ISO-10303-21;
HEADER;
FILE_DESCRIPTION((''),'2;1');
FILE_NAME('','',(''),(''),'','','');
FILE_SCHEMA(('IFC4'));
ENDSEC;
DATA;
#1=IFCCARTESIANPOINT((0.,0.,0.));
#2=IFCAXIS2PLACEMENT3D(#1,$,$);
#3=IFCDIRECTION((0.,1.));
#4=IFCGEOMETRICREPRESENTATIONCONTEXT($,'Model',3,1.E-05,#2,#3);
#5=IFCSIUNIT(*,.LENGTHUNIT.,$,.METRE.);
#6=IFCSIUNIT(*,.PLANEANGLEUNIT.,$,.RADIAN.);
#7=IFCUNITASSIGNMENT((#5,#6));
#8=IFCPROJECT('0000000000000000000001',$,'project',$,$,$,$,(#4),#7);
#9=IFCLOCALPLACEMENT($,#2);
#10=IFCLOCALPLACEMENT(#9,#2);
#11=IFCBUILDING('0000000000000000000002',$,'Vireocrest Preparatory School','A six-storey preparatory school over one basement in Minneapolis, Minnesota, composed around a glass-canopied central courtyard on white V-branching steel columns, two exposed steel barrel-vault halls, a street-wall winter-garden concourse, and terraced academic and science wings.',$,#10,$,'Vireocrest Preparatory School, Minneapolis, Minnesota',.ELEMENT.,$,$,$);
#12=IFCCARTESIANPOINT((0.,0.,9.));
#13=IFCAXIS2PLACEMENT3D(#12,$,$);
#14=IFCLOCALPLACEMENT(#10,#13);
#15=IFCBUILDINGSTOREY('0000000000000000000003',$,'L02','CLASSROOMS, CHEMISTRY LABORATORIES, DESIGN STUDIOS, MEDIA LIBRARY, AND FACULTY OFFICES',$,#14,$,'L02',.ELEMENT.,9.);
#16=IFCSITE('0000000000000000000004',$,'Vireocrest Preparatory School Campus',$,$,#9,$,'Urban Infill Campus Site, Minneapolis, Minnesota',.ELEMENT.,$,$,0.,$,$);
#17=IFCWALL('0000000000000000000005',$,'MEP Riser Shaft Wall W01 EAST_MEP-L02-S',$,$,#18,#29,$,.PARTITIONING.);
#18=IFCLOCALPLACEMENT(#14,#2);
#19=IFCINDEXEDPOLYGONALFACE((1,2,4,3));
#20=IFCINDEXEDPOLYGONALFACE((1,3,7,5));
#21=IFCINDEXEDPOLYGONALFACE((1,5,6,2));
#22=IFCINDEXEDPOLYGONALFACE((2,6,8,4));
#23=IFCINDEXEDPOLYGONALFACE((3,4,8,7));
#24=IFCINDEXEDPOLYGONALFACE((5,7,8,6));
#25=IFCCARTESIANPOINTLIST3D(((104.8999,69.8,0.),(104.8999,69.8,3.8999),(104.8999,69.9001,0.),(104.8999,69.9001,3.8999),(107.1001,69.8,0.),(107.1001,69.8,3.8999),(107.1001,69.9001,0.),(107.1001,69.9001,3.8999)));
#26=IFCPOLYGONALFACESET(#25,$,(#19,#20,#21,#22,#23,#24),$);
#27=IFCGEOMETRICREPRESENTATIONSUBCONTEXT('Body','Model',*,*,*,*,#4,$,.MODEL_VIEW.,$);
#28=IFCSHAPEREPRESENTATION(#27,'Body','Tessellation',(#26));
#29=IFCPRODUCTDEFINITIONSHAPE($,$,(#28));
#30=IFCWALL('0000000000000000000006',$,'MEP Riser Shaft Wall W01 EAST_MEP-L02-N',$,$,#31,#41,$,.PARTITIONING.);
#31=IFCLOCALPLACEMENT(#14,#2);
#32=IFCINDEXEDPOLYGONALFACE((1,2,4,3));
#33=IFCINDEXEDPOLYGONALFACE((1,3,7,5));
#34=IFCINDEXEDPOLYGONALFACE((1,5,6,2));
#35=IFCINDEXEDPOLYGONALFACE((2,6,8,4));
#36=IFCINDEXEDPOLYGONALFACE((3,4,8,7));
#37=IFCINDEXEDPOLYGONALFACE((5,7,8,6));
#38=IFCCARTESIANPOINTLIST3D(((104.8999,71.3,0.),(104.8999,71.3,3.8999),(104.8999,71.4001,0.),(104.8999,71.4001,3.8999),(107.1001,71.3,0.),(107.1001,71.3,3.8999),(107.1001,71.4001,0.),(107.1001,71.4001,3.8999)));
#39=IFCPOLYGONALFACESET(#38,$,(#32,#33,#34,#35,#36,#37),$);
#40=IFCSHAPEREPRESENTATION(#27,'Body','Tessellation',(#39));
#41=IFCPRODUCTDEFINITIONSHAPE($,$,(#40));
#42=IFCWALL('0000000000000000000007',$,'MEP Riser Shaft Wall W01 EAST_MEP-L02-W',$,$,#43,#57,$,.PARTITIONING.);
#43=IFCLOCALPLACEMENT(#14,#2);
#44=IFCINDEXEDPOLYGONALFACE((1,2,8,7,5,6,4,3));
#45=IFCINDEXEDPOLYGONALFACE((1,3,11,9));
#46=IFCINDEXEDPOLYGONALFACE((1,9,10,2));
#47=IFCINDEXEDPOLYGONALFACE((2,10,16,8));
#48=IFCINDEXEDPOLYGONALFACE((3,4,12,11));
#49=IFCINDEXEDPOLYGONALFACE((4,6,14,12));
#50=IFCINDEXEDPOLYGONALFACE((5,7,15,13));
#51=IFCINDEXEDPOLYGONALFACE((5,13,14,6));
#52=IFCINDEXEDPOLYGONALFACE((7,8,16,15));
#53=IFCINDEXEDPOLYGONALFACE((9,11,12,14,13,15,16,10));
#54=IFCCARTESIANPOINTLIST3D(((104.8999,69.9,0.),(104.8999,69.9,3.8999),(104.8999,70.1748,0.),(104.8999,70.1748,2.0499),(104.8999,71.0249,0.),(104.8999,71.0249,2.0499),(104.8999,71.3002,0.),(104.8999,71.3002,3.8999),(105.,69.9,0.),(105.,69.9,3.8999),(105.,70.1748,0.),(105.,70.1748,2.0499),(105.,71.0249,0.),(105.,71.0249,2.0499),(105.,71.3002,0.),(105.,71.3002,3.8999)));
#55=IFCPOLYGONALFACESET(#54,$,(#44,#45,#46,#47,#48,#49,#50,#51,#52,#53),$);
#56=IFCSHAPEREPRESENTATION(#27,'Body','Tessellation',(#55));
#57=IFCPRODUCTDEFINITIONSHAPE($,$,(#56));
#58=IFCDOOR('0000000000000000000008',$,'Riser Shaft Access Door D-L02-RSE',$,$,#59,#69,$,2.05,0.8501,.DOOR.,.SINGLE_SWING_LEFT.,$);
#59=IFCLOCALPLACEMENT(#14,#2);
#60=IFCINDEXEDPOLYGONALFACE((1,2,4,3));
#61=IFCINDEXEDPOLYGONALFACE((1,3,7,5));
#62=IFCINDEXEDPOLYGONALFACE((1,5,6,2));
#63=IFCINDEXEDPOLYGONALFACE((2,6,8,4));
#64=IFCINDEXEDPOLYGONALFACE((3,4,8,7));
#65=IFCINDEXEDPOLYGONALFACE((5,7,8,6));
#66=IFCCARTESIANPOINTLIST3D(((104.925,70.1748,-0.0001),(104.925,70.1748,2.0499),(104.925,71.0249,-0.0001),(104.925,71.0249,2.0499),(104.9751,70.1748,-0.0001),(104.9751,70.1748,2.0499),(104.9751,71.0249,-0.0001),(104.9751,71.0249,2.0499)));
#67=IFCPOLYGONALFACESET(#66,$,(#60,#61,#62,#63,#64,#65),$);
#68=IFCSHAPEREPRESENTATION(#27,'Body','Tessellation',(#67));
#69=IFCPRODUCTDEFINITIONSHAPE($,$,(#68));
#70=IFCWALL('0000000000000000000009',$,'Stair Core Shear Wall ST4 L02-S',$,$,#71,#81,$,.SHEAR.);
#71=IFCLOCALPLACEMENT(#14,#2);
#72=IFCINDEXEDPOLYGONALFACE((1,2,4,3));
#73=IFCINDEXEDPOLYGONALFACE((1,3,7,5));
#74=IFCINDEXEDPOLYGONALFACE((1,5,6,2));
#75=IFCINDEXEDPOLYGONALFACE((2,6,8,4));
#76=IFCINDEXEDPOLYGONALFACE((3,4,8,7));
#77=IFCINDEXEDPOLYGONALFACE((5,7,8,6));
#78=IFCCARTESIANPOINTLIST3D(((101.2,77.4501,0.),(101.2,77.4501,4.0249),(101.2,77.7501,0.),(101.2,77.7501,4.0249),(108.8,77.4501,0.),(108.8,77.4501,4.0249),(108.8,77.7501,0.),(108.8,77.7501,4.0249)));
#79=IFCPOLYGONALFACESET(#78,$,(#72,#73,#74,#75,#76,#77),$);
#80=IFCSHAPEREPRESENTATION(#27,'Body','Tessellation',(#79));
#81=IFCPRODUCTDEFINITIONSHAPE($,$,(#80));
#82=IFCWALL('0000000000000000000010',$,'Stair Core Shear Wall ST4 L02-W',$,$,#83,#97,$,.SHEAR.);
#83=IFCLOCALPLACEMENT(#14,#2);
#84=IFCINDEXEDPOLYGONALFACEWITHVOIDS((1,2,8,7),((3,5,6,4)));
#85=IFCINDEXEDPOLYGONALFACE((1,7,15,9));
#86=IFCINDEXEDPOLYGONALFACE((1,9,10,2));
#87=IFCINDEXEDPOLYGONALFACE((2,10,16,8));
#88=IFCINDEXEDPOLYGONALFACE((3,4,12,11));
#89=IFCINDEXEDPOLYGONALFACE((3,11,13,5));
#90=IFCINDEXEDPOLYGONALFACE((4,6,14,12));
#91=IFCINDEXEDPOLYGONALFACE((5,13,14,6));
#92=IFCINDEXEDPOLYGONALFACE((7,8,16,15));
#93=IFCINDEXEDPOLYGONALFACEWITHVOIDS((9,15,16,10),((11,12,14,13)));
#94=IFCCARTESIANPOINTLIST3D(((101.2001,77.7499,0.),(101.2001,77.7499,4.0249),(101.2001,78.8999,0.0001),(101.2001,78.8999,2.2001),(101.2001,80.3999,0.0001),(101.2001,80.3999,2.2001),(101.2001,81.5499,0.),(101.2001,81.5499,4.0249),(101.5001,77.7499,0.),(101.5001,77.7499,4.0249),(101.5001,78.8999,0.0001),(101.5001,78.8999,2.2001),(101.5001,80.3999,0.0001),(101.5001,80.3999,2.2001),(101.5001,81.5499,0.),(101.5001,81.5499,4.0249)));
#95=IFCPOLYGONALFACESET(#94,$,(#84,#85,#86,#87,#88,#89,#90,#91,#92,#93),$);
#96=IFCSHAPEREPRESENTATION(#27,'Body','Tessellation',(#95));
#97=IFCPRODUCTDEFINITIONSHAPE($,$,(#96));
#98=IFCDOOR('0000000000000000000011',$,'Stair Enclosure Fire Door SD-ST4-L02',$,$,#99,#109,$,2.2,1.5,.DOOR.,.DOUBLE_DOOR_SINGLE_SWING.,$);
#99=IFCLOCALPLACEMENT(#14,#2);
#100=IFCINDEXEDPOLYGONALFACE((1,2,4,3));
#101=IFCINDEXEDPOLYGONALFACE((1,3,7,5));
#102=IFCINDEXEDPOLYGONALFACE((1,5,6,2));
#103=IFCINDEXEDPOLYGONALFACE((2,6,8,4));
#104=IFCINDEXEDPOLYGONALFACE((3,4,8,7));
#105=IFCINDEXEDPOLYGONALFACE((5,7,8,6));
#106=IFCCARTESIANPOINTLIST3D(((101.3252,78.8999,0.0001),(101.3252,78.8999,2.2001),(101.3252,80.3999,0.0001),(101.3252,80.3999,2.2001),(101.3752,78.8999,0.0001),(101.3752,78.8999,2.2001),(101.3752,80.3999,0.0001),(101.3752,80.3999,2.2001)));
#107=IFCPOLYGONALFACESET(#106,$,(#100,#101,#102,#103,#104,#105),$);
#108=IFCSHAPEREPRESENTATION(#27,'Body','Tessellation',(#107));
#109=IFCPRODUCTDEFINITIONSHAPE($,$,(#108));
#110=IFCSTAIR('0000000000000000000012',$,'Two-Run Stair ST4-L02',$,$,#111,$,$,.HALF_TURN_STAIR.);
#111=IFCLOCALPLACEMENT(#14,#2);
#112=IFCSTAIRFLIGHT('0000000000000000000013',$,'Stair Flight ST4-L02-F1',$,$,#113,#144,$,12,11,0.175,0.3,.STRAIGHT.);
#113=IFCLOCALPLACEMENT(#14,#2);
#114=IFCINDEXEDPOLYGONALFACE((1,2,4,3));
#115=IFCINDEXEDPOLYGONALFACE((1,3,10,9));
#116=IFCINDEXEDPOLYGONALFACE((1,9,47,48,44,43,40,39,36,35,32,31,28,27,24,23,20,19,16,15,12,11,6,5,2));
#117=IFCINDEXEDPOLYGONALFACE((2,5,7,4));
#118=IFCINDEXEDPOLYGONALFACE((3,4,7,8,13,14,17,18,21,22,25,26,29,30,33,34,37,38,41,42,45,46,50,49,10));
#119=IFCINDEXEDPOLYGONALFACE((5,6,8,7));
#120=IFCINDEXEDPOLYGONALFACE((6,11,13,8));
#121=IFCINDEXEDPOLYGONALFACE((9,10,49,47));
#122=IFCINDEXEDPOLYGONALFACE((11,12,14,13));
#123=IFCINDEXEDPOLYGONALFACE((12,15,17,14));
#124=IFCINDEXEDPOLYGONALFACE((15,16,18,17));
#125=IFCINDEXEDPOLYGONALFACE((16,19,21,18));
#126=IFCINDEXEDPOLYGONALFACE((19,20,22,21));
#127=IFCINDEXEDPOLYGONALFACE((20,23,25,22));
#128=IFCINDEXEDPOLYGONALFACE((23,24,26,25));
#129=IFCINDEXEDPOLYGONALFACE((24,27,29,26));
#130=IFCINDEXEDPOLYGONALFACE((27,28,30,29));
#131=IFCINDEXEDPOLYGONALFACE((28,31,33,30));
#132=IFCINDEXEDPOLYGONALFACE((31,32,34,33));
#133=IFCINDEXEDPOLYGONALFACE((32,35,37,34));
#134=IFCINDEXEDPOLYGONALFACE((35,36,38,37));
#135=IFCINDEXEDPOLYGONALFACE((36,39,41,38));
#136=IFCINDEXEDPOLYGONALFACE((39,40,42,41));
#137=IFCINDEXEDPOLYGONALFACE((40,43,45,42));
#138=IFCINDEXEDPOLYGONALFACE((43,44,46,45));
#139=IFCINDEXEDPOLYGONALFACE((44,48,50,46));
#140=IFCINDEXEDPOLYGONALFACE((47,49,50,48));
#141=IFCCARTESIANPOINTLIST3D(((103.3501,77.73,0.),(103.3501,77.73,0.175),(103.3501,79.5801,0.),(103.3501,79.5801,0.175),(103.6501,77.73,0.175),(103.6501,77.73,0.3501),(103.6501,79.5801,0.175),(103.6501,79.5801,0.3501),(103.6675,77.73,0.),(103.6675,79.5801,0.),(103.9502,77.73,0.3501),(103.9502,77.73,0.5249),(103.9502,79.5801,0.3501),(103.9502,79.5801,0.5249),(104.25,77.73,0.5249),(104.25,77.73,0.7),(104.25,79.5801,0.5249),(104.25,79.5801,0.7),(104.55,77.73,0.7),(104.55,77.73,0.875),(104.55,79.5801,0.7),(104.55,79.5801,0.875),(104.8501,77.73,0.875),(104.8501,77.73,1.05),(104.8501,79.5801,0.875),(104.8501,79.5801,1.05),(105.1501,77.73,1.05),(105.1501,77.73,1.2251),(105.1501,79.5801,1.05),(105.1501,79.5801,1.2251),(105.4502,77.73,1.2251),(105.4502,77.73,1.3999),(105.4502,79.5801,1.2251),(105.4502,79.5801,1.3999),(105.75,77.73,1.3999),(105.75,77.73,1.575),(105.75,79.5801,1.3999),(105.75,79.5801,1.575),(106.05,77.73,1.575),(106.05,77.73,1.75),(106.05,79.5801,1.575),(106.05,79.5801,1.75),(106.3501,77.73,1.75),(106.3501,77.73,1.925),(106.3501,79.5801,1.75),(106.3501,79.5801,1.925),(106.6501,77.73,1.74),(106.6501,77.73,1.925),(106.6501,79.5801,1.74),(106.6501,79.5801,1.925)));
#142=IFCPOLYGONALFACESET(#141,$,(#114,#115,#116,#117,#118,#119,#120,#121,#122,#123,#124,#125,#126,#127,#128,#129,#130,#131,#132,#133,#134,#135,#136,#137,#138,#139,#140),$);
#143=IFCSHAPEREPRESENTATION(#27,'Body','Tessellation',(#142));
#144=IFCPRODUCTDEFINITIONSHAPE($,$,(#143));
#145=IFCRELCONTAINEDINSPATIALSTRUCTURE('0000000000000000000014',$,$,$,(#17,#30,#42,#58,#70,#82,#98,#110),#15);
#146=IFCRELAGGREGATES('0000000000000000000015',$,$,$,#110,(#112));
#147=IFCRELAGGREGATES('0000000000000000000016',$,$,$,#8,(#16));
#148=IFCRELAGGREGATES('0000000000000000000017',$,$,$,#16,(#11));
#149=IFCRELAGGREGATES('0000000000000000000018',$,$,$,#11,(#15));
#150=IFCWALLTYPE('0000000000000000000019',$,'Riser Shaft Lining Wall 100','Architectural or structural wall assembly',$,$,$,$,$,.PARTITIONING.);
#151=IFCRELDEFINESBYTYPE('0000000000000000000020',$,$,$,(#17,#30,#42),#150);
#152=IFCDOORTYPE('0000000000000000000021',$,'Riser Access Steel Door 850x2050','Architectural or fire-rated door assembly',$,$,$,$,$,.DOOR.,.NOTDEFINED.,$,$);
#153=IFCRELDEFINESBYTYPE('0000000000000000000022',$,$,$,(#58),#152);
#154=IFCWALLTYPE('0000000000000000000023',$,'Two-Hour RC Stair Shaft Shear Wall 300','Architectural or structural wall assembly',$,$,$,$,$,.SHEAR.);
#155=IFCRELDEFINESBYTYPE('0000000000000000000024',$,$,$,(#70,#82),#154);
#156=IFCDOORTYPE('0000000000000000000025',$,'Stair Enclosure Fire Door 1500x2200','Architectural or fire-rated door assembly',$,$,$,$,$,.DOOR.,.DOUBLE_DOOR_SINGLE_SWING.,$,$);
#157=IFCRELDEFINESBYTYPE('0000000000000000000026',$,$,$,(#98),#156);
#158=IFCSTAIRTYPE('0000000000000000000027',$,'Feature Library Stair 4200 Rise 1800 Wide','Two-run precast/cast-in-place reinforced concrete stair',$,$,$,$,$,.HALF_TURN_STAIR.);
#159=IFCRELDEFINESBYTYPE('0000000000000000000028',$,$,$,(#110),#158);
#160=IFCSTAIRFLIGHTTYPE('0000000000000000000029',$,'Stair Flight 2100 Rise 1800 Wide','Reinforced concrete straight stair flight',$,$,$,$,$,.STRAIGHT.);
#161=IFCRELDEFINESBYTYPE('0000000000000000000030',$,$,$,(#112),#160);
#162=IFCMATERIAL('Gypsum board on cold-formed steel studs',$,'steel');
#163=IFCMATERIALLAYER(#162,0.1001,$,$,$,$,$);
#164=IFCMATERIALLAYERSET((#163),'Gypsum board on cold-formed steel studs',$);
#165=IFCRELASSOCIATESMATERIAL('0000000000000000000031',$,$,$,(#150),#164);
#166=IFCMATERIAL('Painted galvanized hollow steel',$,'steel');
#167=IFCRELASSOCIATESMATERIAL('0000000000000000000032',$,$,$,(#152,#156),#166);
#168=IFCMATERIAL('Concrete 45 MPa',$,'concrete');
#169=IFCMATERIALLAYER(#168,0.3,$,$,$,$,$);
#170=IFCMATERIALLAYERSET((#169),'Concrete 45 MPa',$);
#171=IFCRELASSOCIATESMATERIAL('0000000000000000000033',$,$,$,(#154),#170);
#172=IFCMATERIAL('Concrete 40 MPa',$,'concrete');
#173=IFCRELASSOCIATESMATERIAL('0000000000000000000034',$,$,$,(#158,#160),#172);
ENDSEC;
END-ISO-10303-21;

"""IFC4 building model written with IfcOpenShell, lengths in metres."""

from ifc_helpers import new_model, si_unit, direction, frame, frame_2d, origin, place, context, subcontext, project, spatial, polyline, rectangle, outline, extrude, material, layer, layer_set, type_object, element, fill, aggregate, save


model = new_model("IFC4")

# Units and contexts
model_context = context("Model", 3, precision=1e-05, world=origin(), true_north=direction((0.0, 1.0)))
body_context = subcontext(model_context, "Body", "Model", "MODEL_VIEW")
ifc_project = project(units=[si_unit("LENGTHUNIT", "METRE"), si_unit("PLANEANGLEUNIT", "RADIAN")], contexts=[model_context])

# Site, building, storey
site_placement = place(None, origin())
site = spatial("IfcSite", under=ifc_project, at=site_placement, Name="Vireocrest Preparatory School Campus", LongName="Urban Infill Campus Site, Minneapolis, Minnesota", CompositionType="ELEMENT", RefElevation=0.0)
building_placement = place(site_placement, origin())
building = spatial("IfcBuilding", under=site, at=building_placement, Name="Vireocrest Preparatory School", Description="A six-storey preparatory school over one basement in Minneapolis, Minnesota, composed around a glass-canopied central courtyard on white V-branching steel columns, two exposed steel barrel-vault halls, a street-wall winter-garden concourse, and terraced academic and science wings.", LongName="Vireocrest Preparatory School, Minneapolis, Minnesota", CompositionType="ELEMENT")
storey_placement = place(building_placement, frame((0.0, 0.0, 9.0)))
storey = spatial("IfcBuildingStorey", under=building, at=storey_placement, Name="L02", Description="CLASSROOMS, CHEMISTRY LABORATORIES, DESIGN STUDIOS, MEDIA LIBRARY, AND FACULTY OFFICES", LongName="L02", CompositionType="ELEMENT", Elevation=9.0)

# Shared definitions
ifc_material_1 = material(Name="Concrete 45 MPa", Category="concrete")

# Shared definitions
ifc_material_2 = material(Name="Concrete 40 MPa", Category="concrete")

# Shared definitions
ifc_material_3 = material(Name="Gypsum board on cold-formed steel studs", Category="steel")

# Walls
ifc_layer_1 = layer(ifc_material_3, 0.1001)
ifc_layer_set_1 = layer_set([ifc_layer_1], Name="Gypsum board on cold-formed steel studs")
wall_type_1 = type_object("IfcWallType", Name="Riser Shaft Lining Wall 100", Description="Architectural or structural wall assembly", PredefinedType="PARTITIONING", material=ifc_layer_set_1)
for number, where, z_axis, x_axis, name in (
    (1, (104.8999, 69.8501, 0.0), (0.0, 0.0, 1.0), (1.0, 0.0, 0.0), "MEP Riser Shaft Wall W01 EAST_MEP-L02-S"),
    (2, (104.8999, 71.3501, 0.0), (0.0, 0.0, 1.0), (1.0, 0.0, 0.0), "MEP Riser Shaft Wall W01 EAST_MEP-L02-N"),
):
    element("IfcWall", number, at=place(storey_placement, frame(where, z_axis=z_axis, x_axis=x_axis)), inside=storey, type_object=wall_type_1, Name=name, PredefinedType="PARTITIONING", context=body_context, shape_type="SweptSolid", body=[
        extrude(rectangle(XDim=2.2002, YDim=0.1001, at=frame_2d((1.1001, 0.0))), origin(), (0.0, 0.0, 1.0), 3.8999),
    ])

# Wall, opening, door
wall_1_placement = place(storey_placement, frame((104.95, 69.8999, 0.0), z_axis=(0.0, 0.0, 1.0), x_axis=(0.0, 1.0, 0.0)))
wall_1 = element("IfcWall", 3, at=wall_1_placement, inside=storey, type_object=wall_type_1, Name="MEP Riser Shaft Wall W01 EAST_MEP-L02-W", PredefinedType="PARTITIONING", context=body_context, shape_type="SweptSolid", body=[
    extrude(rectangle(XDim=1.4001, YDim=0.1001, at=frame_2d((0.7002, 0.0))), origin(), (0.0, 0.0, 1.0), 3.8999),
])
opening_1_placement = place(wall_1_placement, frame((0.2749, 0.0, 0.0)))
opening_1 = element("IfcOpeningElement", 4, at=opening_1_placement, cuts=wall_1, PredefinedType="OPENING", context=body_context, shape_type="SweptSolid", body=[
    extrude(rectangle(XDim=0.8501, YDim=2.05, at=frame_2d((0.425, 1.0249))), frame((0.0, 0.0601, 0.0), z_axis=(0.0, -1.0, 0.0), x_axis=(1.0, 0.0, 0.0)), (0.0, 0.0, 1.0), 0.1201),
])
ifc_material_4 = material(Name="Painted galvanized hollow steel", Category="steel")
door_type_1 = type_object("IfcDoorType", Name="Riser Access Steel Door 850x2050", Description="Architectural or fire-rated door assembly", OperationType="NOTDEFINED", PredefinedType="DOOR", material=ifc_material_4)
door_1_placement = place(opening_1_placement, origin())
door_1 = element("IfcDoor", 5, at=door_1_placement, inside=storey, type_object=door_type_1, Name="Riser Shaft Access Door D-L02-RSE", OperationType="SINGLE_SWING_LEFT", OverallHeight=2.05, OverallWidth=0.8501, PredefinedType="DOOR", context=body_context, shape_type="SweptSolid", body=[
    extrude(rectangle(XDim=0.8501, YDim=2.05, at=frame_2d((0.425, 1.0249))), frame((0.0, 0.0249, 0.0), z_axis=(0.0, -1.0, 0.0), x_axis=(1.0, 0.0, 0.0)), (0.0, 0.0, 1.0), 0.05),
])
fill(opening_1, door_1)

# Wall
ifc_layer_2 = layer(ifc_material_1, 0.3)
ifc_layer_set_2 = layer_set([ifc_layer_2], Name="Concrete 45 MPa")
wall_type_2 = type_object("IfcWallType", Name="Two-Hour RC Stair Shaft Shear Wall 300", Description="Architectural or structural wall assembly", PredefinedType="SHEAR", material=ifc_layer_set_2)
wall_2_placement = place(storey_placement, frame((101.2, 77.6001, 0.0), z_axis=(0.0, 0.0, 1.0), x_axis=(1.0, 0.0, 0.0)))
element("IfcWall", 6, at=wall_2_placement, inside=storey, type_object=wall_type_2, Name="Stair Core Shear Wall ST4 L02-S", PredefinedType="SHEAR", context=body_context, shape_type="SweptSolid", body=[
    extrude(rectangle(XDim=7.6001, YDim=0.3, at=frame_2d((3.8, 0.0))), origin(), (0.0, 0.0, 1.0), 4.0249),
])

# Wall, opening, door
wall_3_placement = place(storey_placement, frame((101.3501, 77.75, 0.0), z_axis=(0.0, 0.0, 1.0), x_axis=(0.0, 1.0, 0.0)))
wall_3 = element("IfcWall", 7, at=wall_3_placement, inside=storey, type_object=wall_type_2, Name="Stair Core Shear Wall ST4 L02-W", PredefinedType="SHEAR", context=body_context, shape_type="SweptSolid", body=[
    extrude(rectangle(XDim=3.8, YDim=0.3, at=frame_2d((1.8999, 0.0))), origin(), (0.0, 0.0, 1.0), 4.0249),
])
opening_2_placement = place(wall_3_placement, frame((1.1499, 0.0, 0.0)))
opening_2 = element("IfcOpeningElement", 8, at=opening_2_placement, cuts=wall_3, PredefinedType="OPENING", context=body_context, shape_type="SweptSolid", body=[
    extrude(rectangle(XDim=1.5, YDim=2.2, at=frame_2d((0.75, 1.1001))), frame((0.0, 0.1599, 0.0), z_axis=(0.0, -1.0, 0.0), x_axis=(1.0, 0.0, 0.0)), (0.0, 0.0, 1.0), 0.3201),
])
door_type_2 = type_object("IfcDoorType", Name="Stair Enclosure Fire Door 1500x2200", Description="Architectural or fire-rated door assembly", OperationType="DOUBLE_DOOR_SINGLE_SWING", PredefinedType="DOOR", material=ifc_material_4)
door_2_placement = place(opening_2_placement, origin())
door_2 = element("IfcDoor", 9, at=door_2_placement, inside=storey, type_object=door_type_2, Name="Stair Enclosure Fire Door SD-ST4-L02", OperationType="DOUBLE_DOOR_SINGLE_SWING", OverallHeight=2.2, OverallWidth=1.5, PredefinedType="DOOR", context=body_context, shape_type="SweptSolid", body=[
    extrude(rectangle(XDim=1.5, YDim=2.2, at=frame_2d((0.75, 1.1001))), frame((0.0, 0.0249, 0.0), z_axis=(0.0, -1.0, 0.0), x_axis=(1.0, 0.0, 0.0)), (0.0, 0.0, 1.0), 0.05),
])
fill(opening_2, door_2)

# Stair, stair flight
stair_type = type_object("IfcStairType", Name="Feature Library Stair 4200 Rise 1800 Wide", Description="Two-run precast/cast-in-place reinforced concrete stair", PredefinedType="HALF_TURN_STAIR", material=ifc_material_2)
stair_placement = place(storey_placement, origin())
stair = element("IfcStair", 10, at=stair_placement, inside=storey, type_object=stair_type, Name="Two-Run Stair ST4-L02", PredefinedType="HALF_TURN_STAIR")
stair_flight_type = type_object("IfcStairFlightType", Name="Stair Flight 2100 Rise 1800 Wide", Description="Reinforced concrete straight stair flight", PredefinedType="STRAIGHT", material=ifc_material_2)
stair_flight_placement = place(storey_placement, frame((103.3501, 78.655, 0.0), z_axis=(0.0, 0.0, 1.0), x_axis=(1.0, 0.0, 0.0)))
stair_flight = element("IfcStairFlight", 11, at=stair_flight_placement, type_object=stair_flight_type, Name="Stair Flight ST4-L02-F1", NumberOfRisers=12, NumberOfTreads=11, PredefinedType="STRAIGHT", RiserHeight=0.175, TreadLength=0.3, context=body_context, shape_type="SweptSolid", body=[
    extrude(outline(polyline([(0.0, 0.0), (0.0, 0.175), (0.3, 0.175), (0.3, 0.3501), (0.6001, 0.3501), (0.6001, 0.5249), (0.8999, 0.5249), (0.8999, 0.7), (1.2, 0.7), (1.2, 0.875), (1.5, 0.875), (1.5, 1.05), (1.8, 1.05), (1.8, 1.2251), (2.1001, 1.2251), (2.1001, 1.3999), (2.3999, 1.3999), (2.3999, 1.575), (2.7, 1.575), (2.7, 1.75), (3.0, 1.75), (3.0, 1.925), (3.3, 1.925), (3.3, 2.1001), (3.3, 1.74), (0.3174, 0.0), (0.0, 0.0)])), frame((0.0, 0.925, 0.0), z_axis=(0.0, -1.0, 0.0), x_axis=(1.0, 0.0, 0.0)), (0.0, 0.0, 1.0), 1.8501),
])
aggregate(stair, [stair_flight])

save(model, "model.ifc")
